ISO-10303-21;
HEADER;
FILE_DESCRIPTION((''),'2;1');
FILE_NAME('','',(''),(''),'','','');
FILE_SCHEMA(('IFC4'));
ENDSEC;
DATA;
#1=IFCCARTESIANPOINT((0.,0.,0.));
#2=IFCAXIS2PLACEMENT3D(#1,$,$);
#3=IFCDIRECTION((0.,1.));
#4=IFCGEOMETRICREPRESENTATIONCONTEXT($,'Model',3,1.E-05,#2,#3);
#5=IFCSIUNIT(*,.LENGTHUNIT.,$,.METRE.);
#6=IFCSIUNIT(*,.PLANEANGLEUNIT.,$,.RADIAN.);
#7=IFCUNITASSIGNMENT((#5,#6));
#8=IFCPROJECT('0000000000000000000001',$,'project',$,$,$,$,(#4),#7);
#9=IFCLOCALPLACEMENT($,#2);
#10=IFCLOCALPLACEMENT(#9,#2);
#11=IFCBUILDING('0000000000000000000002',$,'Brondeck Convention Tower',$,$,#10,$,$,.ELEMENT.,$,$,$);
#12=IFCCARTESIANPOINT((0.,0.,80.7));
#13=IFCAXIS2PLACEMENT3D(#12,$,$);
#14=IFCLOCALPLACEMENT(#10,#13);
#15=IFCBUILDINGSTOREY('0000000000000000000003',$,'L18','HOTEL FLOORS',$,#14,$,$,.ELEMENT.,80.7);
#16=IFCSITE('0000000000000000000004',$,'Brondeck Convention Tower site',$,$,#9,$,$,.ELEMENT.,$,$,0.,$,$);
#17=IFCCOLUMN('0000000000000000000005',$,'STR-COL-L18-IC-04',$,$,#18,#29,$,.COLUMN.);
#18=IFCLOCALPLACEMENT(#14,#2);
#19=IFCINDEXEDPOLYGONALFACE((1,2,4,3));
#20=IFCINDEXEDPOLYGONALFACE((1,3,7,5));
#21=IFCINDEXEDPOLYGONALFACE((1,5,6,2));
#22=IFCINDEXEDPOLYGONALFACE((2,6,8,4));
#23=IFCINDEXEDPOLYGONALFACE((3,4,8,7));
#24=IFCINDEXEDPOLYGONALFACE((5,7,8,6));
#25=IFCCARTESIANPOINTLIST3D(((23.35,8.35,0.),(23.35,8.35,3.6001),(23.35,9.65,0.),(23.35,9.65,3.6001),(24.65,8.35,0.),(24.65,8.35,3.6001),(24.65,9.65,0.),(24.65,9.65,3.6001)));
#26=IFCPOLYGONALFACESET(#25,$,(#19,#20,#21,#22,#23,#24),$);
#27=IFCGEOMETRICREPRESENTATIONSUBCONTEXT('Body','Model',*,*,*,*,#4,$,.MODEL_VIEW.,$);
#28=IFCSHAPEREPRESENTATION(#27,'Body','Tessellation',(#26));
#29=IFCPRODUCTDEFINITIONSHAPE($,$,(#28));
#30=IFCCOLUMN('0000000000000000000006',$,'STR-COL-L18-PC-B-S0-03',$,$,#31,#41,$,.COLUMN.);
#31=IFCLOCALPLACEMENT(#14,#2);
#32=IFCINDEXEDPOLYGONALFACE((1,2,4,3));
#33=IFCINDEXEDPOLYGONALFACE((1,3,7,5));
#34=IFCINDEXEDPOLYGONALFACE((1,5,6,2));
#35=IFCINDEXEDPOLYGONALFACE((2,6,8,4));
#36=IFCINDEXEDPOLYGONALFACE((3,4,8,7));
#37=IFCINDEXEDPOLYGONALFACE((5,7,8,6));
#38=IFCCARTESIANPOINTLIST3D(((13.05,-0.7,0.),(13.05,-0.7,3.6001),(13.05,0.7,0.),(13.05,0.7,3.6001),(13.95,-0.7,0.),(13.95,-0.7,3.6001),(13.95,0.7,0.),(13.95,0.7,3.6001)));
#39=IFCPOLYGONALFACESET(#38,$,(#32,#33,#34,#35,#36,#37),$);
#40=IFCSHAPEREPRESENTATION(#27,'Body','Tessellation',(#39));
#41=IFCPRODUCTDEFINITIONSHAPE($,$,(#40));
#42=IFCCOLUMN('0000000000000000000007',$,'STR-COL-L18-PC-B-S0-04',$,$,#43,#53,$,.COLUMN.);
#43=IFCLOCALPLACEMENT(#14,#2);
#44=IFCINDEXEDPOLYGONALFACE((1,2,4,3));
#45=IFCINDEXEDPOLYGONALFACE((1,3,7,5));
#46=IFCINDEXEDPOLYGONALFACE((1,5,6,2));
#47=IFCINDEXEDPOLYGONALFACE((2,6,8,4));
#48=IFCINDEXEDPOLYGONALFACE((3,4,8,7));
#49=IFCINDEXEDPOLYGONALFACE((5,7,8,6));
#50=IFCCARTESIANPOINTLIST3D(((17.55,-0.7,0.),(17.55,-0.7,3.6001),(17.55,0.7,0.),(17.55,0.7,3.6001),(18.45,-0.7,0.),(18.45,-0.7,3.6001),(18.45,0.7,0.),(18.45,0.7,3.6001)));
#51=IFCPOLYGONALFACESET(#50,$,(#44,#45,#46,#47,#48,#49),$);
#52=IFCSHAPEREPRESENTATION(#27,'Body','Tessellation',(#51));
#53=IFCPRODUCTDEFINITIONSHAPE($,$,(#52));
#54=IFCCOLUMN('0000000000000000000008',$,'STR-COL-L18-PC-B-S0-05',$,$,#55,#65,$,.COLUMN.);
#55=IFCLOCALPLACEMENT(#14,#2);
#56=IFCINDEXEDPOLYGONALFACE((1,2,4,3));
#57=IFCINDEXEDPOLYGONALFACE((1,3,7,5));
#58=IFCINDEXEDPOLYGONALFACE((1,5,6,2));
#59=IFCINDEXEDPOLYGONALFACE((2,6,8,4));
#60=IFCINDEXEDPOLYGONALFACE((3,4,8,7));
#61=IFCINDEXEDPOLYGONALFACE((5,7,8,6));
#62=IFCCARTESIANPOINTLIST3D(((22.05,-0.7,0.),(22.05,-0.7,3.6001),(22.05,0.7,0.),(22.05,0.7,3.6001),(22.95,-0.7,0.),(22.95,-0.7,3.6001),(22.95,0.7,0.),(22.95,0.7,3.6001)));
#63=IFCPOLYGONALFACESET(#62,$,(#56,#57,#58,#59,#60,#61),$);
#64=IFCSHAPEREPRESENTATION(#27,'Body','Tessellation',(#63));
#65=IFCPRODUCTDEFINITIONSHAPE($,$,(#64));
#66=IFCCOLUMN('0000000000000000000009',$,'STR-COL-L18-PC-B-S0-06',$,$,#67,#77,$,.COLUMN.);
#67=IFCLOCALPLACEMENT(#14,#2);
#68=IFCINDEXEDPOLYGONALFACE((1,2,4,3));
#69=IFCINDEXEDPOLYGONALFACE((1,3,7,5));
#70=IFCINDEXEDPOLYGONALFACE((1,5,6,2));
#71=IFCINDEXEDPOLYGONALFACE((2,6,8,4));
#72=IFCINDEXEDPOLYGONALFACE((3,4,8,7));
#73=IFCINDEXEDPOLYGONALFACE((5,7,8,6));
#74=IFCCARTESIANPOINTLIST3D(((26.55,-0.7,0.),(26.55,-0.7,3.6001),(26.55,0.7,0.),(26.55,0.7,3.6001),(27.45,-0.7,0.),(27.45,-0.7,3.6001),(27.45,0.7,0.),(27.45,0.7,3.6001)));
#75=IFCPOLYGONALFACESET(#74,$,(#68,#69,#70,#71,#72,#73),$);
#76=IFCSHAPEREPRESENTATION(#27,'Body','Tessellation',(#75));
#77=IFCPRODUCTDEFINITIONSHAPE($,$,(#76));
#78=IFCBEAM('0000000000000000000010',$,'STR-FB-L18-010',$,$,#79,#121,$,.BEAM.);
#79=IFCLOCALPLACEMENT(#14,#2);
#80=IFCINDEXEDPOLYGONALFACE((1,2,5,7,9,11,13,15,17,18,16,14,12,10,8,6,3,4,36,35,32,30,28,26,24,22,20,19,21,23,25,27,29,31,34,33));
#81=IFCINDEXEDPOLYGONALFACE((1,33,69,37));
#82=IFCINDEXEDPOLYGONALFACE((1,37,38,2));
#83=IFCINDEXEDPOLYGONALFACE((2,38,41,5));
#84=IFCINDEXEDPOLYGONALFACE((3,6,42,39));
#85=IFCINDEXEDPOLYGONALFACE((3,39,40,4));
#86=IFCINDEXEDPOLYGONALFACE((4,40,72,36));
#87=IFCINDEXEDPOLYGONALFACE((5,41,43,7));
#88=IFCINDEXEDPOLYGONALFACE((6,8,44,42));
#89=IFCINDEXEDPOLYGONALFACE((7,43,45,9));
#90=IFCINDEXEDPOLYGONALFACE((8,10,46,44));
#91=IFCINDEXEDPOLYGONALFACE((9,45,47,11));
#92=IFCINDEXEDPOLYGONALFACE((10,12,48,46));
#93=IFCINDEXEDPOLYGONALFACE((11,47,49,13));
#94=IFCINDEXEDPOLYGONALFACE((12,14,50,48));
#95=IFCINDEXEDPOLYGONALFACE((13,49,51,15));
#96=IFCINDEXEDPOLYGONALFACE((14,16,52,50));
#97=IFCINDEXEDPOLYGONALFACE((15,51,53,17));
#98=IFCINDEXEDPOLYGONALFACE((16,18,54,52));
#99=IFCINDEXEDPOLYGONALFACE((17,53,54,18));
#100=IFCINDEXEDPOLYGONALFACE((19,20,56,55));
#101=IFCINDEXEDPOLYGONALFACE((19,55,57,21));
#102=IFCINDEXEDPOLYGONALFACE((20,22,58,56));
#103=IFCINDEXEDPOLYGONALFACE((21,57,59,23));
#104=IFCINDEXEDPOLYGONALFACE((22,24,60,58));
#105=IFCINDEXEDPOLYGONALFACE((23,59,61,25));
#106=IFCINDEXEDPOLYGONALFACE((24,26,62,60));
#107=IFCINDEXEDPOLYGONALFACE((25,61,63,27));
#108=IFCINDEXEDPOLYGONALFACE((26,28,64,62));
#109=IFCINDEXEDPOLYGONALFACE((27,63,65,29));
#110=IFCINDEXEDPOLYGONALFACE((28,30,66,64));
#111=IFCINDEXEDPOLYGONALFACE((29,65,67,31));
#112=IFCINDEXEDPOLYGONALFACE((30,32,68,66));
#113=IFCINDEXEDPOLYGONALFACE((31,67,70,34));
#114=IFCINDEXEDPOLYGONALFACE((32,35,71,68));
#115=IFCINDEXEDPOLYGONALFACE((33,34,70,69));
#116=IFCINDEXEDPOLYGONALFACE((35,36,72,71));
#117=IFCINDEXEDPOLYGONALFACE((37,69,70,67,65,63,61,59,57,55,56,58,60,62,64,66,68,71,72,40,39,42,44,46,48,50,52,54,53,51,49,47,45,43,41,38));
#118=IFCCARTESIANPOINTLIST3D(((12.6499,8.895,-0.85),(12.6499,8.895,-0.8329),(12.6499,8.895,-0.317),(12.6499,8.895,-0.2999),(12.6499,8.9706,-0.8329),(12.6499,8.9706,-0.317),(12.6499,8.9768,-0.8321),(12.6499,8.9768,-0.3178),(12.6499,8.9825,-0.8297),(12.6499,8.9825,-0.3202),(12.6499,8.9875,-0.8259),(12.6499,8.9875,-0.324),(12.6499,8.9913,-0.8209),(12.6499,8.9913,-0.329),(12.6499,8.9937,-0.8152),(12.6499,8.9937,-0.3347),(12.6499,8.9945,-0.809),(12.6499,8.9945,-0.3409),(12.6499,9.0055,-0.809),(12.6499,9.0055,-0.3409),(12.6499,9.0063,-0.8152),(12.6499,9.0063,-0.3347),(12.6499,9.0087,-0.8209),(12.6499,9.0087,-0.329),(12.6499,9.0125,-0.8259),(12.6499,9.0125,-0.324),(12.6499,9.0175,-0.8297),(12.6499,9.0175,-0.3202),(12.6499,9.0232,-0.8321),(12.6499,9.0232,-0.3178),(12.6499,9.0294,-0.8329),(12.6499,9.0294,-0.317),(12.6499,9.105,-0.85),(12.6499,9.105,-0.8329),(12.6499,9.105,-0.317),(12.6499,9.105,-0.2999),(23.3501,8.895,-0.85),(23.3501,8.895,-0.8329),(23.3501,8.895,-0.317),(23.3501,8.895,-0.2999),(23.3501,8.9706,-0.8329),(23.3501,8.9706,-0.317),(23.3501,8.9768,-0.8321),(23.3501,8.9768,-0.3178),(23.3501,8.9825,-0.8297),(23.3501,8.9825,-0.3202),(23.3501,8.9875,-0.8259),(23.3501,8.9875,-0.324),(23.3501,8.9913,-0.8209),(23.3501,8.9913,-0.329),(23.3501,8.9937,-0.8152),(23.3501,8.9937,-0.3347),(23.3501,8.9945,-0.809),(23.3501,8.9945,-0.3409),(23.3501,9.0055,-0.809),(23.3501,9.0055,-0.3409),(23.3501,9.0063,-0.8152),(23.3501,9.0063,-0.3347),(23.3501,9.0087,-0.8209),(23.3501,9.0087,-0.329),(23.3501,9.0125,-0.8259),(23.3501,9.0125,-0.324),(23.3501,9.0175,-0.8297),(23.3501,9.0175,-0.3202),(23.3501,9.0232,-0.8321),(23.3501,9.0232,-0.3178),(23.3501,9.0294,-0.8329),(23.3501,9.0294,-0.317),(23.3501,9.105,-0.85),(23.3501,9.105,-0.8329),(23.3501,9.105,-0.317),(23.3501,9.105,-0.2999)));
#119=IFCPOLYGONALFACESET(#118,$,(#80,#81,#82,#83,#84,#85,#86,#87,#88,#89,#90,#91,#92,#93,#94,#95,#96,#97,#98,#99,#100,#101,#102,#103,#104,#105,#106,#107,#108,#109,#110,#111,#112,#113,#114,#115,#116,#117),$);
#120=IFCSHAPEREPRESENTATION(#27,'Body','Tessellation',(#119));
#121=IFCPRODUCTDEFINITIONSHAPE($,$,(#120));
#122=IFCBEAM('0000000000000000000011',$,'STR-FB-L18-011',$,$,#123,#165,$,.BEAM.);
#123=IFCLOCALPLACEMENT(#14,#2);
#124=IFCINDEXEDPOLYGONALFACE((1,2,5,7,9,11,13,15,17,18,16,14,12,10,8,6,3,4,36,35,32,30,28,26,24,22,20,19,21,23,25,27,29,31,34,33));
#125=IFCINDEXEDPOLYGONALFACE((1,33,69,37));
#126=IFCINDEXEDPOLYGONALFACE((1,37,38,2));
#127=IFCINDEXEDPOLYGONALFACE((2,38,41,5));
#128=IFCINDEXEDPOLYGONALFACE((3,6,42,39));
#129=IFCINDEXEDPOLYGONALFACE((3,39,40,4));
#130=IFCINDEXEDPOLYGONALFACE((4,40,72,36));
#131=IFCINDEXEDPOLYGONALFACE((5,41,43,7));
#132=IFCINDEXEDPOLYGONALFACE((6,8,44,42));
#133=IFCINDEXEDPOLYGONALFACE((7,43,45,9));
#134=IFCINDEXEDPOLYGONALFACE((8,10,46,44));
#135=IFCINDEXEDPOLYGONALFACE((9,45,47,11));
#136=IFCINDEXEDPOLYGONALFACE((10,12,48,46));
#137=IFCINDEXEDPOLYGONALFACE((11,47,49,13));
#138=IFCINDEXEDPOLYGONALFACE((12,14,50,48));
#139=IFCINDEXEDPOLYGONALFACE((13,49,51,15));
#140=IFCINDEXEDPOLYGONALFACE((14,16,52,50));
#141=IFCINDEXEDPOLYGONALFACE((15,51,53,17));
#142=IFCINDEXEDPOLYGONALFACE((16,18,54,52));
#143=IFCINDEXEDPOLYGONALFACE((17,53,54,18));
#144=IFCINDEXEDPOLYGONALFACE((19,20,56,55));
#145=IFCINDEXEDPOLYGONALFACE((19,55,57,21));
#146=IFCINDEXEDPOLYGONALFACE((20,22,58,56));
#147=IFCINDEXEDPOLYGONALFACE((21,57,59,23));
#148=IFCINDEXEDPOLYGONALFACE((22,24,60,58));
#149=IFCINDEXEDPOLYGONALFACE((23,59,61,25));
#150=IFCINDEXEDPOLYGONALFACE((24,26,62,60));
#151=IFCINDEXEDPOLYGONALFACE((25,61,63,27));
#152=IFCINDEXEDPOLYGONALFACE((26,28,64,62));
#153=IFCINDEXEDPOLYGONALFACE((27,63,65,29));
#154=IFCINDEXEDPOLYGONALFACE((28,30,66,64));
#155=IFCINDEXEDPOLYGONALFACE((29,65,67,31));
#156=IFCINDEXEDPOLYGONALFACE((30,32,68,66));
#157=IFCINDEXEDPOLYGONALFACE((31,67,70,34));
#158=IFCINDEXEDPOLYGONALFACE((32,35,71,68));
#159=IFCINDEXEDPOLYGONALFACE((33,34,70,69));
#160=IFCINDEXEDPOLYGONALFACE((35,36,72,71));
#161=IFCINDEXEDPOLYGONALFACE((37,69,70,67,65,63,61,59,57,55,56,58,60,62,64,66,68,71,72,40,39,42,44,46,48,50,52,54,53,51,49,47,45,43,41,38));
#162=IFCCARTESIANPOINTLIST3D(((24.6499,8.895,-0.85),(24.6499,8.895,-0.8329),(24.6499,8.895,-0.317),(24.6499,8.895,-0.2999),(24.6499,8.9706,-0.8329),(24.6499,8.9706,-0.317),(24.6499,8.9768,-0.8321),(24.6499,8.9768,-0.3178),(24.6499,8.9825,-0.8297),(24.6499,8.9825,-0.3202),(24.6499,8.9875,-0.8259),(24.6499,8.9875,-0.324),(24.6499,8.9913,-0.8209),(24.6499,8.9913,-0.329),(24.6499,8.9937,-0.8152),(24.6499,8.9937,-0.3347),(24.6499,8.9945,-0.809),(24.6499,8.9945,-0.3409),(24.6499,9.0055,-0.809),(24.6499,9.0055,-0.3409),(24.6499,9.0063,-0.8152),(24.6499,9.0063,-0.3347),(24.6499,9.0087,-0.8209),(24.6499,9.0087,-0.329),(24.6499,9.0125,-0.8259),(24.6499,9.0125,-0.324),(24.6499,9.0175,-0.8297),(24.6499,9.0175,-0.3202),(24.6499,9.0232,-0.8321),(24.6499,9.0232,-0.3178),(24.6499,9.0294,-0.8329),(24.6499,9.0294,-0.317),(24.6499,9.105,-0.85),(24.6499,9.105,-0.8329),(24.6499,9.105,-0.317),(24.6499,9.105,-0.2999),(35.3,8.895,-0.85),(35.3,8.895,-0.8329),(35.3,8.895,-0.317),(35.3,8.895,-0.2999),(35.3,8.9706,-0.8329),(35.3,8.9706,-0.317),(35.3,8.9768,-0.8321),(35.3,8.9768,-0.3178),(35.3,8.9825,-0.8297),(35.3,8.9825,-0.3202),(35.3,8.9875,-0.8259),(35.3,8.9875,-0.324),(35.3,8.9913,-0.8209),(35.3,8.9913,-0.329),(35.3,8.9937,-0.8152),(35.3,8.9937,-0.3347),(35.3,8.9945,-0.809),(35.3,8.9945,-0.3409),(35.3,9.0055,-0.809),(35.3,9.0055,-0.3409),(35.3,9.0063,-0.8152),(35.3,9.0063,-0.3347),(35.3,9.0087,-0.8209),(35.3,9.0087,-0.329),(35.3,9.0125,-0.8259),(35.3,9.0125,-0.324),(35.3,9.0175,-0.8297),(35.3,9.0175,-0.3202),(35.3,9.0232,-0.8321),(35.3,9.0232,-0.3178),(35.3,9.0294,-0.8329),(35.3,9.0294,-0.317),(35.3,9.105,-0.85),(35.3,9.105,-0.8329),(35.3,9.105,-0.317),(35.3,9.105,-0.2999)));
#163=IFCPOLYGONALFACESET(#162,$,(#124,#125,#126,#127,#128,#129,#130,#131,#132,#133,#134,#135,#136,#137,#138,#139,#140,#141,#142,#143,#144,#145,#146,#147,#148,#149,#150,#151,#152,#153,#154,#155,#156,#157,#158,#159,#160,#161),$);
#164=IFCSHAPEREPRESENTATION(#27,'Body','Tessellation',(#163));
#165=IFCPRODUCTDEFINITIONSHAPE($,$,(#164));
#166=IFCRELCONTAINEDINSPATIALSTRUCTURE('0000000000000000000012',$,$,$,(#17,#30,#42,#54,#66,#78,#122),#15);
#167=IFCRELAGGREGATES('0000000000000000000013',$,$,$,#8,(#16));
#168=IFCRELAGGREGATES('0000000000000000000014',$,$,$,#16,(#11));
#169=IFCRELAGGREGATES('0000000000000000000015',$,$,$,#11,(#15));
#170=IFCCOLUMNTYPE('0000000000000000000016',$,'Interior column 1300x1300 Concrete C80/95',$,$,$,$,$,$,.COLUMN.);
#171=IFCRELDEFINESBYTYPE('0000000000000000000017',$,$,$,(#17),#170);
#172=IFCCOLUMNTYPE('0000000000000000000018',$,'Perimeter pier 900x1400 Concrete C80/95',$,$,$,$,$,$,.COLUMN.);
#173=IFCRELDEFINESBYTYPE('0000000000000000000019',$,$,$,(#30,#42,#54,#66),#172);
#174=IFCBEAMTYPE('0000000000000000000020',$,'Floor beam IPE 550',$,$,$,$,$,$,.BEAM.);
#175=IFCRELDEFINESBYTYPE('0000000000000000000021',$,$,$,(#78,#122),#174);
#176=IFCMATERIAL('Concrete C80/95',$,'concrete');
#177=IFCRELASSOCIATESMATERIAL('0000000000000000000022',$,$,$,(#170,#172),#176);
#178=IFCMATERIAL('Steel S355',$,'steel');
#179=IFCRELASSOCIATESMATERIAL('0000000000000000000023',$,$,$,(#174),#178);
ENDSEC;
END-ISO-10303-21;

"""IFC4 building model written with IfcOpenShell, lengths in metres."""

from ifc_helpers import new_model, si_unit, direction, frame, origin, origin_2d, place, context, subcontext, project, spatial, rectangle, i_section, extrude, material, material_profile, profile_set, type_object, element, save


model = new_model("IFC4")

# Units and contexts
model_context = context("Model", 3, precision=1e-05, world=origin(), true_north=direction((0.0, 1.0)))
body_context = subcontext(model_context, "Body", "Model", "MODEL_VIEW")
ifc_project = project(units=[si_unit("LENGTHUNIT", "METRE"), si_unit("PLANEANGLEUNIT", "RADIAN")], contexts=[model_context])

# Site, building, storey
site_placement = place(None, origin())
site = spatial("IfcSite", under=ifc_project, at=site_placement, Name="Brondeck Convention Tower site", CompositionType="ELEMENT", RefElevation=0.0)
building_placement = place(site_placement, origin())
building = spatial("IfcBuilding", under=site, at=building_placement, Name="Brondeck Convention Tower", CompositionType="ELEMENT")
storey_placement = place(building_placement, frame((0.0, 0.0, 80.7)))
storey = spatial("IfcBuildingStorey", under=building, at=storey_placement, Name="L18", Description="HOTEL FLOORS", CompositionType="ELEMENT", Elevation=80.7)

# Columns
ifc_material_1 = material(Name="Concrete C80/95", Category="concrete")
ifc_material_profile_1 = material_profile(ifc_material_1, rectangle(XDim=1.3, YDim=1.3, at=origin_2d()), Name="Interior column 1300x1300 Concrete C80/95")
ifc_profile_set_1 = profile_set([ifc_material_profile_1], Name="Concrete C80/95")
column_type_1 = type_object("IfcColumnType", Name="Interior column 1300x1300 Concrete C80/95", PredefinedType="COLUMN", material=ifc_profile_set_1)
column_placement = place(storey_placement, frame((24.0, 9.0, 0.0), z_axis=(0.0, 0.0, 1.0), x_axis=(1.0, 0.0, 0.0)))
element("IfcColumn", 1, at=column_placement, inside=storey, type_object=column_type_1, Name="STR-COL-L18-IC-04", PredefinedType="COLUMN", context=body_context, shape_type="SweptSolid", body=[
    extrude(rectangle(XDim=1.3, YDim=1.3, at=origin_2d()), origin(), (0.0, 0.0, 1.0), 3.6001),
])
ifc_material_profile_2 = material_profile(ifc_material_1, rectangle(XDim=0.8999, YDim=1.3999, at=origin_2d()), Name="Perimeter pier 900x1400 Concrete C80/95")
ifc_profile_set_2 = profile_set([ifc_material_profile_2], Name="Concrete C80/95")
column_type_2 = type_object("IfcColumnType", Name="Perimeter pier 900x1400 Concrete C80/95", PredefinedType="COLUMN", material=ifc_profile_set_2)
for number, where, z_axis, x_axis, name in (
    (2, (13.5, 0.0, 0.0), (0.0, 0.0, 1.0), (1.0, 0.0, 0.0), "STR-COL-L18-PC-B-S0-03"),
    (3, (18.0, 0.0, 0.0), (0.0, 0.0, 1.0), (1.0, 0.0, 0.0), "STR-COL-L18-PC-B-S0-04"),
    (4, (22.5, 0.0, 0.0), (0.0, 0.0, 1.0), (1.0, 0.0, 0.0), "STR-COL-L18-PC-B-S0-05"),
    (5, (27.0, 0.0, 0.0), (0.0, 0.0, 1.0), (1.0, 0.0, 0.0), "STR-COL-L18-PC-B-S0-06"),
):
    element("IfcColumn", number, at=place(storey_placement, frame(where, z_axis=z_axis, x_axis=x_axis)), inside=storey, type_object=column_type_2, Name=name, PredefinedType="COLUMN", context=body_context, shape_type="SweptSolid", body=[
        extrude(rectangle(XDim=0.8999, YDim=1.3999, at=origin_2d()), origin(), (0.0, 0.0, 1.0), 3.6001),
    ])

# Beams
ifc_material_2 = material(Name="Steel S355", Category="steel")
ifc_material_profile_3 = material_profile(ifc_material_2, i_section(OverallWidth=0.21, OverallDepth=0.55, WebThickness=0.011, FlangeThickness=0.0171, FilletRadius=0.0239, at=origin_2d()), Name="IPE 550")
ifc_profile_set_3 = profile_set([ifc_material_profile_3], Name="Steel S355")
beam_type_1 = type_object("IfcBeamType", Name="Floor beam IPE 550", PredefinedType="BEAM", material=ifc_profile_set_3)
beam_1_placement = place(storey_placement, frame((12.6499, 9.0, -0.575), z_axis=(1.0, 0.0, 0.0), x_axis=(0.0, 1.0, 0.0)))
element("IfcBeam", 6, at=beam_1_placement, inside=storey, type_object=beam_type_1, Name="STR-FB-L18-010", PredefinedType="BEAM", context=body_context, shape_type="SweptSolid", body=[
    extrude(i_section(OverallWidth=0.21, OverallDepth=0.55, WebThickness=0.011, FlangeThickness=0.0171, FilletRadius=0.0239, at=origin_2d()), origin(), (0.0, 0.0, 1.0), 10.7002),
])
beam_2_placement = place(storey_placement, frame((24.6499, 9.0, -0.575), z_axis=(1.0, 0.0, 0.0), x_axis=(0.0, 1.0, 0.0)))
element("IfcBeam", 7, at=beam_2_placement, inside=storey, type_object=beam_type_1, Name="STR-FB-L18-011", PredefinedType="BEAM", context=body_context, shape_type="SweptSolid", body=[
    extrude(i_section(OverallWidth=0.21, OverallDepth=0.55, WebThickness=0.011, FlangeThickness=0.0171, FilletRadius=0.0239, at=origin_2d()), origin(), (0.0, 0.0, 1.0), 10.6501),
])

save(model, "model.ifc")
